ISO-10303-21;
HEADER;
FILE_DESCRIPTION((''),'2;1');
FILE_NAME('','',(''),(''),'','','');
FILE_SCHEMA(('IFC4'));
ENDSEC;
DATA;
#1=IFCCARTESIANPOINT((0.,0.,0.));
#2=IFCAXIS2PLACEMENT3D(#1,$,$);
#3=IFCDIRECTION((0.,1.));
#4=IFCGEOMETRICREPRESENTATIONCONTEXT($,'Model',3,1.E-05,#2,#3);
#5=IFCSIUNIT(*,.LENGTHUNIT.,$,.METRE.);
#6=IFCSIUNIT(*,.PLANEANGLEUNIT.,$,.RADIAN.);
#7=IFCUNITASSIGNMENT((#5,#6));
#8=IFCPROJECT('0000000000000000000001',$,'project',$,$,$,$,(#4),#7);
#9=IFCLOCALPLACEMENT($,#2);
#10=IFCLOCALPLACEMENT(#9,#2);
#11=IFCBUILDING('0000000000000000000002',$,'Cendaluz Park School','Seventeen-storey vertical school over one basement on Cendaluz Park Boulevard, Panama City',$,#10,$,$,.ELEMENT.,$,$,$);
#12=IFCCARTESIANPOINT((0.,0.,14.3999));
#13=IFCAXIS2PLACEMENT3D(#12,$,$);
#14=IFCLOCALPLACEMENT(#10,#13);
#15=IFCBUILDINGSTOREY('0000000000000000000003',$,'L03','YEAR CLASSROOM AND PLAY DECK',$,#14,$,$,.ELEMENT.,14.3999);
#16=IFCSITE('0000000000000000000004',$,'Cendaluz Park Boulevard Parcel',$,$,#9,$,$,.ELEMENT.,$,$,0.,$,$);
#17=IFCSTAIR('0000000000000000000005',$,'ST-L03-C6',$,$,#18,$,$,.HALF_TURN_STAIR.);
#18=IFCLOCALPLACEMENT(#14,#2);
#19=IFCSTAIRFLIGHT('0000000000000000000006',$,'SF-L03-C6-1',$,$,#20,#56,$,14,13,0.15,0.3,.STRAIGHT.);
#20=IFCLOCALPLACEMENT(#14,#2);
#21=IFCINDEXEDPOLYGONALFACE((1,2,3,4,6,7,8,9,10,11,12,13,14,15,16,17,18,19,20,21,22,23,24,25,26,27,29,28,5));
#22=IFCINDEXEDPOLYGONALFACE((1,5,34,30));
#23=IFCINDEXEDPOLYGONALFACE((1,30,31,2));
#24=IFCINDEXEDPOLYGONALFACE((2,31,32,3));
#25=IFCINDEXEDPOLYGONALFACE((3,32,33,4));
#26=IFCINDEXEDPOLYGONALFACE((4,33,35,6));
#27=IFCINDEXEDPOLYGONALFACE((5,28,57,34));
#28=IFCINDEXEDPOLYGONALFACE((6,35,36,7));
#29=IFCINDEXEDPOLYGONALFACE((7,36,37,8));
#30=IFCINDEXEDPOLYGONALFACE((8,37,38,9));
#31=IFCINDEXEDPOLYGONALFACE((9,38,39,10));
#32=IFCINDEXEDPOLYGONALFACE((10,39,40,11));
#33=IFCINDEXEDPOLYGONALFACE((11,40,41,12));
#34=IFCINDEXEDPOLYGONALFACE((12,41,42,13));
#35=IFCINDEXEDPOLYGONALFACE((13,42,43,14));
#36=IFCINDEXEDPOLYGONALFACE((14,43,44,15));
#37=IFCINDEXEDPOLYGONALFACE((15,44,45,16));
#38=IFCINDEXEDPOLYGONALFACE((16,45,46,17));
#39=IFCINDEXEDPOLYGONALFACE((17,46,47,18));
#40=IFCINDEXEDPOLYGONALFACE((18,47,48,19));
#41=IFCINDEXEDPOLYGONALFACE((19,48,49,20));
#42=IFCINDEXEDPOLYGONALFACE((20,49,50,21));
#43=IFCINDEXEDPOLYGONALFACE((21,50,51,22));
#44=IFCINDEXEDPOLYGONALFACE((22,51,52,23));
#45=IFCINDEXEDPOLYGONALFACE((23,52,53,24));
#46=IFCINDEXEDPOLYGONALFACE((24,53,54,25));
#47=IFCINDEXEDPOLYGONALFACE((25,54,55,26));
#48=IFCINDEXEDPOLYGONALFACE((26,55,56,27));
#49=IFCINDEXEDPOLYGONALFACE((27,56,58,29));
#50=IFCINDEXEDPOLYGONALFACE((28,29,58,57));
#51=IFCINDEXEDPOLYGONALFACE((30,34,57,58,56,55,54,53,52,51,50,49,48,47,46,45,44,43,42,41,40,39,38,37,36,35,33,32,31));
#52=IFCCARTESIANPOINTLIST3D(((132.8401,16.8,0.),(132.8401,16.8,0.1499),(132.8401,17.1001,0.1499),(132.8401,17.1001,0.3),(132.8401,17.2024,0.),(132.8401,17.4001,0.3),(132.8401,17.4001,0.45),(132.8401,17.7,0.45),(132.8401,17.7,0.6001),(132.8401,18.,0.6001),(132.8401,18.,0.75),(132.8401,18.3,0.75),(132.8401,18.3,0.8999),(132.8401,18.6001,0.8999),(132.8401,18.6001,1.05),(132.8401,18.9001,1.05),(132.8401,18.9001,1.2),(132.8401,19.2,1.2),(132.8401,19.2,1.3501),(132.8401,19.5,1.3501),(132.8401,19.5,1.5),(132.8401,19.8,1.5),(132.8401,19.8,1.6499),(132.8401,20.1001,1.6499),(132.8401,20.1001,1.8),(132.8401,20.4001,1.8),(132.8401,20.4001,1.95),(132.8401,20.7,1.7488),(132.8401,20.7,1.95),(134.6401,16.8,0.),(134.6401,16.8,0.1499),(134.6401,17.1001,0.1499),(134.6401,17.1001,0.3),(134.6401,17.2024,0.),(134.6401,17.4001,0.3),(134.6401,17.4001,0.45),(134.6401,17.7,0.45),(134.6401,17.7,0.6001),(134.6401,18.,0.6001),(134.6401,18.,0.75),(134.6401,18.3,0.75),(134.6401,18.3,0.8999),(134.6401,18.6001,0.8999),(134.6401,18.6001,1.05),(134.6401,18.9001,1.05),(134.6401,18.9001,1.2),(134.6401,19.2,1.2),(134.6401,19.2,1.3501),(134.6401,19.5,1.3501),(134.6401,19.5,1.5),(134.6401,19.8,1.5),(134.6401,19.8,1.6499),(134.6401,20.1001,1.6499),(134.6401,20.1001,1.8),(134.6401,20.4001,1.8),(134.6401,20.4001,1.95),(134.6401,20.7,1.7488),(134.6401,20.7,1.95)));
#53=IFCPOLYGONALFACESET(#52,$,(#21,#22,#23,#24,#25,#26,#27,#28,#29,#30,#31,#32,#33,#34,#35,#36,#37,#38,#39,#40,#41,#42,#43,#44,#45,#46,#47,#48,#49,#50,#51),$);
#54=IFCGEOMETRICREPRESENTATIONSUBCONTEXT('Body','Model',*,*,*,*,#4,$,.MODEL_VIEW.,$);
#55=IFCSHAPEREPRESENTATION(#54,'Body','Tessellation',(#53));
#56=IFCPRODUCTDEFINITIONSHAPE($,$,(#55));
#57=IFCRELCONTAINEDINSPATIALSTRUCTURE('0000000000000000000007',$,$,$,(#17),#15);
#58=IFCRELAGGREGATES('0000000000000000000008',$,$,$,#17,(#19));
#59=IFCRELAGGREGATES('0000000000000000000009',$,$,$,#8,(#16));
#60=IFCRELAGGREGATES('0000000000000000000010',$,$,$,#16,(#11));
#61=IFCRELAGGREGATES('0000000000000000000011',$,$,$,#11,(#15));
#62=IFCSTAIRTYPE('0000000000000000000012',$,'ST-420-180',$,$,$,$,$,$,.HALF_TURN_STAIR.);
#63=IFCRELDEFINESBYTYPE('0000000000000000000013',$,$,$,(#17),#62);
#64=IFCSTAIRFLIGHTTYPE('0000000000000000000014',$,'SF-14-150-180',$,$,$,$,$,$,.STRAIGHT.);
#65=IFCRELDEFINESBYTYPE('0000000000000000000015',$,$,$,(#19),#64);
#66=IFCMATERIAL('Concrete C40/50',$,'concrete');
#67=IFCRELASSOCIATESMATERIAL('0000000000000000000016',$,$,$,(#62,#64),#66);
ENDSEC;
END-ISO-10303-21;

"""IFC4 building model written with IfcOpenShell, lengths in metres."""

from ifc_helpers import new_model, si_unit, direction, frame, origin, place, context, subcontext, project, spatial, polyline, outline, extrude, material, type_object, element, aggregate, save


model = new_model("IFC4")

# Units and contexts
model_context = context("Model", 3, precision=1e-05, world=origin(), true_north=direction((0.0, 1.0)))
body_context = subcontext(model_context, "Body", "Model", "MODEL_VIEW")
ifc_project = project(units=[si_unit("LENGTHUNIT", "METRE"), si_unit("PLANEANGLEUNIT", "RADIAN")], contexts=[model_context])

# Site, building, storey
site_placement = place(None, origin())
site = spatial("IfcSite", under=ifc_project, at=site_placement, Name="Cendaluz Park Boulevard Parcel", CompositionType="ELEMENT", RefElevation=0.0)
building_placement = place(site_placement, origin())
building = spatial("IfcBuilding", under=site, at=building_placement, Name="Cendaluz Park School", Description="Seventeen-storey vertical school over one basement on Cendaluz Park Boulevard, Panama City", CompositionType="ELEMENT")
storey_placement = place(building_placement, frame((0.0, 0.0, 14.3999)))
storey = spatial("IfcBuildingStorey", under=building, at=storey_placement, Name="L03", Description="YEAR CLASSROOM AND PLAY DECK", CompositionType="ELEMENT", Elevation=14.3999)

# Shared definitions
ifc_material_1 = material(Name="Concrete C40/50", Category="concrete")

# Stair, stair flight
stair_type = type_object("IfcStairType", Name="ST-420-180", PredefinedType="HALF_TURN_STAIR", material=ifc_material_1)
stair_placement = place(storey_placement, origin())
stair = element("IfcStair", 1, at=stair_placement, inside=storey, type_object=stair_type, Name="ST-L03-C6", PredefinedType="HALF_TURN_STAIR")
stair_flight_type = type_object("IfcStairFlightType", Name="SF-14-150-180", PredefinedType="STRAIGHT", material=ifc_material_1)
stair_flight_placement = place(storey_placement, frame((133.74, 16.8, 0.0), z_axis=(0.0, 0.0, 1.0), x_axis=(0.0, 1.0, 0.0)))
stair_flight = element("IfcStairFlight", 2, at=stair_flight_placement, type_object=stair_flight_type, Name="SF-L03-C6-1", NumberOfRisers=14, NumberOfTreads=13, PredefinedType="STRAIGHT", RiserHeight=0.15, TreadLength=0.3, context=body_context, shape_type="SweptSolid", body=[
    extrude(outline(polyline([(0.0, 0.0), (0.0, 0.1499), (0.3, 0.1499), (0.3, 0.3), (0.6001, 0.3), (0.6001, 0.45), (0.8999, 0.45), (0.8999, 0.6001), (1.2, 0.6001), (1.2, 0.75), (1.5, 0.75), (1.5, 0.8999), (1.8, 0.8999), (1.8, 1.05), (2.1001, 1.05), (2.1001, 1.2), (2.3999, 1.2), (2.3999, 1.3501), (2.7, 1.3501), (2.7, 1.5), (3.0, 1.5), (3.0, 1.6499), (3.3, 1.6499), (3.3, 1.8), (3.6001, 1.8), (3.6001, 1.95), (3.8999, 1.95), (3.8999, 2.1001), (3.8999, 1.7488), (0.4023, 0.0), (0.0, 0.0)])), frame((0.0, 0.8999, 0.0), z_axis=(0.0, -1.0, 0.0), x_axis=(1.0, 0.0, 0.0)), (0.0, 0.0, 1.0), 1.8),
])
aggregate(stair, [stair_flight])

save(model, "model.ifc")
